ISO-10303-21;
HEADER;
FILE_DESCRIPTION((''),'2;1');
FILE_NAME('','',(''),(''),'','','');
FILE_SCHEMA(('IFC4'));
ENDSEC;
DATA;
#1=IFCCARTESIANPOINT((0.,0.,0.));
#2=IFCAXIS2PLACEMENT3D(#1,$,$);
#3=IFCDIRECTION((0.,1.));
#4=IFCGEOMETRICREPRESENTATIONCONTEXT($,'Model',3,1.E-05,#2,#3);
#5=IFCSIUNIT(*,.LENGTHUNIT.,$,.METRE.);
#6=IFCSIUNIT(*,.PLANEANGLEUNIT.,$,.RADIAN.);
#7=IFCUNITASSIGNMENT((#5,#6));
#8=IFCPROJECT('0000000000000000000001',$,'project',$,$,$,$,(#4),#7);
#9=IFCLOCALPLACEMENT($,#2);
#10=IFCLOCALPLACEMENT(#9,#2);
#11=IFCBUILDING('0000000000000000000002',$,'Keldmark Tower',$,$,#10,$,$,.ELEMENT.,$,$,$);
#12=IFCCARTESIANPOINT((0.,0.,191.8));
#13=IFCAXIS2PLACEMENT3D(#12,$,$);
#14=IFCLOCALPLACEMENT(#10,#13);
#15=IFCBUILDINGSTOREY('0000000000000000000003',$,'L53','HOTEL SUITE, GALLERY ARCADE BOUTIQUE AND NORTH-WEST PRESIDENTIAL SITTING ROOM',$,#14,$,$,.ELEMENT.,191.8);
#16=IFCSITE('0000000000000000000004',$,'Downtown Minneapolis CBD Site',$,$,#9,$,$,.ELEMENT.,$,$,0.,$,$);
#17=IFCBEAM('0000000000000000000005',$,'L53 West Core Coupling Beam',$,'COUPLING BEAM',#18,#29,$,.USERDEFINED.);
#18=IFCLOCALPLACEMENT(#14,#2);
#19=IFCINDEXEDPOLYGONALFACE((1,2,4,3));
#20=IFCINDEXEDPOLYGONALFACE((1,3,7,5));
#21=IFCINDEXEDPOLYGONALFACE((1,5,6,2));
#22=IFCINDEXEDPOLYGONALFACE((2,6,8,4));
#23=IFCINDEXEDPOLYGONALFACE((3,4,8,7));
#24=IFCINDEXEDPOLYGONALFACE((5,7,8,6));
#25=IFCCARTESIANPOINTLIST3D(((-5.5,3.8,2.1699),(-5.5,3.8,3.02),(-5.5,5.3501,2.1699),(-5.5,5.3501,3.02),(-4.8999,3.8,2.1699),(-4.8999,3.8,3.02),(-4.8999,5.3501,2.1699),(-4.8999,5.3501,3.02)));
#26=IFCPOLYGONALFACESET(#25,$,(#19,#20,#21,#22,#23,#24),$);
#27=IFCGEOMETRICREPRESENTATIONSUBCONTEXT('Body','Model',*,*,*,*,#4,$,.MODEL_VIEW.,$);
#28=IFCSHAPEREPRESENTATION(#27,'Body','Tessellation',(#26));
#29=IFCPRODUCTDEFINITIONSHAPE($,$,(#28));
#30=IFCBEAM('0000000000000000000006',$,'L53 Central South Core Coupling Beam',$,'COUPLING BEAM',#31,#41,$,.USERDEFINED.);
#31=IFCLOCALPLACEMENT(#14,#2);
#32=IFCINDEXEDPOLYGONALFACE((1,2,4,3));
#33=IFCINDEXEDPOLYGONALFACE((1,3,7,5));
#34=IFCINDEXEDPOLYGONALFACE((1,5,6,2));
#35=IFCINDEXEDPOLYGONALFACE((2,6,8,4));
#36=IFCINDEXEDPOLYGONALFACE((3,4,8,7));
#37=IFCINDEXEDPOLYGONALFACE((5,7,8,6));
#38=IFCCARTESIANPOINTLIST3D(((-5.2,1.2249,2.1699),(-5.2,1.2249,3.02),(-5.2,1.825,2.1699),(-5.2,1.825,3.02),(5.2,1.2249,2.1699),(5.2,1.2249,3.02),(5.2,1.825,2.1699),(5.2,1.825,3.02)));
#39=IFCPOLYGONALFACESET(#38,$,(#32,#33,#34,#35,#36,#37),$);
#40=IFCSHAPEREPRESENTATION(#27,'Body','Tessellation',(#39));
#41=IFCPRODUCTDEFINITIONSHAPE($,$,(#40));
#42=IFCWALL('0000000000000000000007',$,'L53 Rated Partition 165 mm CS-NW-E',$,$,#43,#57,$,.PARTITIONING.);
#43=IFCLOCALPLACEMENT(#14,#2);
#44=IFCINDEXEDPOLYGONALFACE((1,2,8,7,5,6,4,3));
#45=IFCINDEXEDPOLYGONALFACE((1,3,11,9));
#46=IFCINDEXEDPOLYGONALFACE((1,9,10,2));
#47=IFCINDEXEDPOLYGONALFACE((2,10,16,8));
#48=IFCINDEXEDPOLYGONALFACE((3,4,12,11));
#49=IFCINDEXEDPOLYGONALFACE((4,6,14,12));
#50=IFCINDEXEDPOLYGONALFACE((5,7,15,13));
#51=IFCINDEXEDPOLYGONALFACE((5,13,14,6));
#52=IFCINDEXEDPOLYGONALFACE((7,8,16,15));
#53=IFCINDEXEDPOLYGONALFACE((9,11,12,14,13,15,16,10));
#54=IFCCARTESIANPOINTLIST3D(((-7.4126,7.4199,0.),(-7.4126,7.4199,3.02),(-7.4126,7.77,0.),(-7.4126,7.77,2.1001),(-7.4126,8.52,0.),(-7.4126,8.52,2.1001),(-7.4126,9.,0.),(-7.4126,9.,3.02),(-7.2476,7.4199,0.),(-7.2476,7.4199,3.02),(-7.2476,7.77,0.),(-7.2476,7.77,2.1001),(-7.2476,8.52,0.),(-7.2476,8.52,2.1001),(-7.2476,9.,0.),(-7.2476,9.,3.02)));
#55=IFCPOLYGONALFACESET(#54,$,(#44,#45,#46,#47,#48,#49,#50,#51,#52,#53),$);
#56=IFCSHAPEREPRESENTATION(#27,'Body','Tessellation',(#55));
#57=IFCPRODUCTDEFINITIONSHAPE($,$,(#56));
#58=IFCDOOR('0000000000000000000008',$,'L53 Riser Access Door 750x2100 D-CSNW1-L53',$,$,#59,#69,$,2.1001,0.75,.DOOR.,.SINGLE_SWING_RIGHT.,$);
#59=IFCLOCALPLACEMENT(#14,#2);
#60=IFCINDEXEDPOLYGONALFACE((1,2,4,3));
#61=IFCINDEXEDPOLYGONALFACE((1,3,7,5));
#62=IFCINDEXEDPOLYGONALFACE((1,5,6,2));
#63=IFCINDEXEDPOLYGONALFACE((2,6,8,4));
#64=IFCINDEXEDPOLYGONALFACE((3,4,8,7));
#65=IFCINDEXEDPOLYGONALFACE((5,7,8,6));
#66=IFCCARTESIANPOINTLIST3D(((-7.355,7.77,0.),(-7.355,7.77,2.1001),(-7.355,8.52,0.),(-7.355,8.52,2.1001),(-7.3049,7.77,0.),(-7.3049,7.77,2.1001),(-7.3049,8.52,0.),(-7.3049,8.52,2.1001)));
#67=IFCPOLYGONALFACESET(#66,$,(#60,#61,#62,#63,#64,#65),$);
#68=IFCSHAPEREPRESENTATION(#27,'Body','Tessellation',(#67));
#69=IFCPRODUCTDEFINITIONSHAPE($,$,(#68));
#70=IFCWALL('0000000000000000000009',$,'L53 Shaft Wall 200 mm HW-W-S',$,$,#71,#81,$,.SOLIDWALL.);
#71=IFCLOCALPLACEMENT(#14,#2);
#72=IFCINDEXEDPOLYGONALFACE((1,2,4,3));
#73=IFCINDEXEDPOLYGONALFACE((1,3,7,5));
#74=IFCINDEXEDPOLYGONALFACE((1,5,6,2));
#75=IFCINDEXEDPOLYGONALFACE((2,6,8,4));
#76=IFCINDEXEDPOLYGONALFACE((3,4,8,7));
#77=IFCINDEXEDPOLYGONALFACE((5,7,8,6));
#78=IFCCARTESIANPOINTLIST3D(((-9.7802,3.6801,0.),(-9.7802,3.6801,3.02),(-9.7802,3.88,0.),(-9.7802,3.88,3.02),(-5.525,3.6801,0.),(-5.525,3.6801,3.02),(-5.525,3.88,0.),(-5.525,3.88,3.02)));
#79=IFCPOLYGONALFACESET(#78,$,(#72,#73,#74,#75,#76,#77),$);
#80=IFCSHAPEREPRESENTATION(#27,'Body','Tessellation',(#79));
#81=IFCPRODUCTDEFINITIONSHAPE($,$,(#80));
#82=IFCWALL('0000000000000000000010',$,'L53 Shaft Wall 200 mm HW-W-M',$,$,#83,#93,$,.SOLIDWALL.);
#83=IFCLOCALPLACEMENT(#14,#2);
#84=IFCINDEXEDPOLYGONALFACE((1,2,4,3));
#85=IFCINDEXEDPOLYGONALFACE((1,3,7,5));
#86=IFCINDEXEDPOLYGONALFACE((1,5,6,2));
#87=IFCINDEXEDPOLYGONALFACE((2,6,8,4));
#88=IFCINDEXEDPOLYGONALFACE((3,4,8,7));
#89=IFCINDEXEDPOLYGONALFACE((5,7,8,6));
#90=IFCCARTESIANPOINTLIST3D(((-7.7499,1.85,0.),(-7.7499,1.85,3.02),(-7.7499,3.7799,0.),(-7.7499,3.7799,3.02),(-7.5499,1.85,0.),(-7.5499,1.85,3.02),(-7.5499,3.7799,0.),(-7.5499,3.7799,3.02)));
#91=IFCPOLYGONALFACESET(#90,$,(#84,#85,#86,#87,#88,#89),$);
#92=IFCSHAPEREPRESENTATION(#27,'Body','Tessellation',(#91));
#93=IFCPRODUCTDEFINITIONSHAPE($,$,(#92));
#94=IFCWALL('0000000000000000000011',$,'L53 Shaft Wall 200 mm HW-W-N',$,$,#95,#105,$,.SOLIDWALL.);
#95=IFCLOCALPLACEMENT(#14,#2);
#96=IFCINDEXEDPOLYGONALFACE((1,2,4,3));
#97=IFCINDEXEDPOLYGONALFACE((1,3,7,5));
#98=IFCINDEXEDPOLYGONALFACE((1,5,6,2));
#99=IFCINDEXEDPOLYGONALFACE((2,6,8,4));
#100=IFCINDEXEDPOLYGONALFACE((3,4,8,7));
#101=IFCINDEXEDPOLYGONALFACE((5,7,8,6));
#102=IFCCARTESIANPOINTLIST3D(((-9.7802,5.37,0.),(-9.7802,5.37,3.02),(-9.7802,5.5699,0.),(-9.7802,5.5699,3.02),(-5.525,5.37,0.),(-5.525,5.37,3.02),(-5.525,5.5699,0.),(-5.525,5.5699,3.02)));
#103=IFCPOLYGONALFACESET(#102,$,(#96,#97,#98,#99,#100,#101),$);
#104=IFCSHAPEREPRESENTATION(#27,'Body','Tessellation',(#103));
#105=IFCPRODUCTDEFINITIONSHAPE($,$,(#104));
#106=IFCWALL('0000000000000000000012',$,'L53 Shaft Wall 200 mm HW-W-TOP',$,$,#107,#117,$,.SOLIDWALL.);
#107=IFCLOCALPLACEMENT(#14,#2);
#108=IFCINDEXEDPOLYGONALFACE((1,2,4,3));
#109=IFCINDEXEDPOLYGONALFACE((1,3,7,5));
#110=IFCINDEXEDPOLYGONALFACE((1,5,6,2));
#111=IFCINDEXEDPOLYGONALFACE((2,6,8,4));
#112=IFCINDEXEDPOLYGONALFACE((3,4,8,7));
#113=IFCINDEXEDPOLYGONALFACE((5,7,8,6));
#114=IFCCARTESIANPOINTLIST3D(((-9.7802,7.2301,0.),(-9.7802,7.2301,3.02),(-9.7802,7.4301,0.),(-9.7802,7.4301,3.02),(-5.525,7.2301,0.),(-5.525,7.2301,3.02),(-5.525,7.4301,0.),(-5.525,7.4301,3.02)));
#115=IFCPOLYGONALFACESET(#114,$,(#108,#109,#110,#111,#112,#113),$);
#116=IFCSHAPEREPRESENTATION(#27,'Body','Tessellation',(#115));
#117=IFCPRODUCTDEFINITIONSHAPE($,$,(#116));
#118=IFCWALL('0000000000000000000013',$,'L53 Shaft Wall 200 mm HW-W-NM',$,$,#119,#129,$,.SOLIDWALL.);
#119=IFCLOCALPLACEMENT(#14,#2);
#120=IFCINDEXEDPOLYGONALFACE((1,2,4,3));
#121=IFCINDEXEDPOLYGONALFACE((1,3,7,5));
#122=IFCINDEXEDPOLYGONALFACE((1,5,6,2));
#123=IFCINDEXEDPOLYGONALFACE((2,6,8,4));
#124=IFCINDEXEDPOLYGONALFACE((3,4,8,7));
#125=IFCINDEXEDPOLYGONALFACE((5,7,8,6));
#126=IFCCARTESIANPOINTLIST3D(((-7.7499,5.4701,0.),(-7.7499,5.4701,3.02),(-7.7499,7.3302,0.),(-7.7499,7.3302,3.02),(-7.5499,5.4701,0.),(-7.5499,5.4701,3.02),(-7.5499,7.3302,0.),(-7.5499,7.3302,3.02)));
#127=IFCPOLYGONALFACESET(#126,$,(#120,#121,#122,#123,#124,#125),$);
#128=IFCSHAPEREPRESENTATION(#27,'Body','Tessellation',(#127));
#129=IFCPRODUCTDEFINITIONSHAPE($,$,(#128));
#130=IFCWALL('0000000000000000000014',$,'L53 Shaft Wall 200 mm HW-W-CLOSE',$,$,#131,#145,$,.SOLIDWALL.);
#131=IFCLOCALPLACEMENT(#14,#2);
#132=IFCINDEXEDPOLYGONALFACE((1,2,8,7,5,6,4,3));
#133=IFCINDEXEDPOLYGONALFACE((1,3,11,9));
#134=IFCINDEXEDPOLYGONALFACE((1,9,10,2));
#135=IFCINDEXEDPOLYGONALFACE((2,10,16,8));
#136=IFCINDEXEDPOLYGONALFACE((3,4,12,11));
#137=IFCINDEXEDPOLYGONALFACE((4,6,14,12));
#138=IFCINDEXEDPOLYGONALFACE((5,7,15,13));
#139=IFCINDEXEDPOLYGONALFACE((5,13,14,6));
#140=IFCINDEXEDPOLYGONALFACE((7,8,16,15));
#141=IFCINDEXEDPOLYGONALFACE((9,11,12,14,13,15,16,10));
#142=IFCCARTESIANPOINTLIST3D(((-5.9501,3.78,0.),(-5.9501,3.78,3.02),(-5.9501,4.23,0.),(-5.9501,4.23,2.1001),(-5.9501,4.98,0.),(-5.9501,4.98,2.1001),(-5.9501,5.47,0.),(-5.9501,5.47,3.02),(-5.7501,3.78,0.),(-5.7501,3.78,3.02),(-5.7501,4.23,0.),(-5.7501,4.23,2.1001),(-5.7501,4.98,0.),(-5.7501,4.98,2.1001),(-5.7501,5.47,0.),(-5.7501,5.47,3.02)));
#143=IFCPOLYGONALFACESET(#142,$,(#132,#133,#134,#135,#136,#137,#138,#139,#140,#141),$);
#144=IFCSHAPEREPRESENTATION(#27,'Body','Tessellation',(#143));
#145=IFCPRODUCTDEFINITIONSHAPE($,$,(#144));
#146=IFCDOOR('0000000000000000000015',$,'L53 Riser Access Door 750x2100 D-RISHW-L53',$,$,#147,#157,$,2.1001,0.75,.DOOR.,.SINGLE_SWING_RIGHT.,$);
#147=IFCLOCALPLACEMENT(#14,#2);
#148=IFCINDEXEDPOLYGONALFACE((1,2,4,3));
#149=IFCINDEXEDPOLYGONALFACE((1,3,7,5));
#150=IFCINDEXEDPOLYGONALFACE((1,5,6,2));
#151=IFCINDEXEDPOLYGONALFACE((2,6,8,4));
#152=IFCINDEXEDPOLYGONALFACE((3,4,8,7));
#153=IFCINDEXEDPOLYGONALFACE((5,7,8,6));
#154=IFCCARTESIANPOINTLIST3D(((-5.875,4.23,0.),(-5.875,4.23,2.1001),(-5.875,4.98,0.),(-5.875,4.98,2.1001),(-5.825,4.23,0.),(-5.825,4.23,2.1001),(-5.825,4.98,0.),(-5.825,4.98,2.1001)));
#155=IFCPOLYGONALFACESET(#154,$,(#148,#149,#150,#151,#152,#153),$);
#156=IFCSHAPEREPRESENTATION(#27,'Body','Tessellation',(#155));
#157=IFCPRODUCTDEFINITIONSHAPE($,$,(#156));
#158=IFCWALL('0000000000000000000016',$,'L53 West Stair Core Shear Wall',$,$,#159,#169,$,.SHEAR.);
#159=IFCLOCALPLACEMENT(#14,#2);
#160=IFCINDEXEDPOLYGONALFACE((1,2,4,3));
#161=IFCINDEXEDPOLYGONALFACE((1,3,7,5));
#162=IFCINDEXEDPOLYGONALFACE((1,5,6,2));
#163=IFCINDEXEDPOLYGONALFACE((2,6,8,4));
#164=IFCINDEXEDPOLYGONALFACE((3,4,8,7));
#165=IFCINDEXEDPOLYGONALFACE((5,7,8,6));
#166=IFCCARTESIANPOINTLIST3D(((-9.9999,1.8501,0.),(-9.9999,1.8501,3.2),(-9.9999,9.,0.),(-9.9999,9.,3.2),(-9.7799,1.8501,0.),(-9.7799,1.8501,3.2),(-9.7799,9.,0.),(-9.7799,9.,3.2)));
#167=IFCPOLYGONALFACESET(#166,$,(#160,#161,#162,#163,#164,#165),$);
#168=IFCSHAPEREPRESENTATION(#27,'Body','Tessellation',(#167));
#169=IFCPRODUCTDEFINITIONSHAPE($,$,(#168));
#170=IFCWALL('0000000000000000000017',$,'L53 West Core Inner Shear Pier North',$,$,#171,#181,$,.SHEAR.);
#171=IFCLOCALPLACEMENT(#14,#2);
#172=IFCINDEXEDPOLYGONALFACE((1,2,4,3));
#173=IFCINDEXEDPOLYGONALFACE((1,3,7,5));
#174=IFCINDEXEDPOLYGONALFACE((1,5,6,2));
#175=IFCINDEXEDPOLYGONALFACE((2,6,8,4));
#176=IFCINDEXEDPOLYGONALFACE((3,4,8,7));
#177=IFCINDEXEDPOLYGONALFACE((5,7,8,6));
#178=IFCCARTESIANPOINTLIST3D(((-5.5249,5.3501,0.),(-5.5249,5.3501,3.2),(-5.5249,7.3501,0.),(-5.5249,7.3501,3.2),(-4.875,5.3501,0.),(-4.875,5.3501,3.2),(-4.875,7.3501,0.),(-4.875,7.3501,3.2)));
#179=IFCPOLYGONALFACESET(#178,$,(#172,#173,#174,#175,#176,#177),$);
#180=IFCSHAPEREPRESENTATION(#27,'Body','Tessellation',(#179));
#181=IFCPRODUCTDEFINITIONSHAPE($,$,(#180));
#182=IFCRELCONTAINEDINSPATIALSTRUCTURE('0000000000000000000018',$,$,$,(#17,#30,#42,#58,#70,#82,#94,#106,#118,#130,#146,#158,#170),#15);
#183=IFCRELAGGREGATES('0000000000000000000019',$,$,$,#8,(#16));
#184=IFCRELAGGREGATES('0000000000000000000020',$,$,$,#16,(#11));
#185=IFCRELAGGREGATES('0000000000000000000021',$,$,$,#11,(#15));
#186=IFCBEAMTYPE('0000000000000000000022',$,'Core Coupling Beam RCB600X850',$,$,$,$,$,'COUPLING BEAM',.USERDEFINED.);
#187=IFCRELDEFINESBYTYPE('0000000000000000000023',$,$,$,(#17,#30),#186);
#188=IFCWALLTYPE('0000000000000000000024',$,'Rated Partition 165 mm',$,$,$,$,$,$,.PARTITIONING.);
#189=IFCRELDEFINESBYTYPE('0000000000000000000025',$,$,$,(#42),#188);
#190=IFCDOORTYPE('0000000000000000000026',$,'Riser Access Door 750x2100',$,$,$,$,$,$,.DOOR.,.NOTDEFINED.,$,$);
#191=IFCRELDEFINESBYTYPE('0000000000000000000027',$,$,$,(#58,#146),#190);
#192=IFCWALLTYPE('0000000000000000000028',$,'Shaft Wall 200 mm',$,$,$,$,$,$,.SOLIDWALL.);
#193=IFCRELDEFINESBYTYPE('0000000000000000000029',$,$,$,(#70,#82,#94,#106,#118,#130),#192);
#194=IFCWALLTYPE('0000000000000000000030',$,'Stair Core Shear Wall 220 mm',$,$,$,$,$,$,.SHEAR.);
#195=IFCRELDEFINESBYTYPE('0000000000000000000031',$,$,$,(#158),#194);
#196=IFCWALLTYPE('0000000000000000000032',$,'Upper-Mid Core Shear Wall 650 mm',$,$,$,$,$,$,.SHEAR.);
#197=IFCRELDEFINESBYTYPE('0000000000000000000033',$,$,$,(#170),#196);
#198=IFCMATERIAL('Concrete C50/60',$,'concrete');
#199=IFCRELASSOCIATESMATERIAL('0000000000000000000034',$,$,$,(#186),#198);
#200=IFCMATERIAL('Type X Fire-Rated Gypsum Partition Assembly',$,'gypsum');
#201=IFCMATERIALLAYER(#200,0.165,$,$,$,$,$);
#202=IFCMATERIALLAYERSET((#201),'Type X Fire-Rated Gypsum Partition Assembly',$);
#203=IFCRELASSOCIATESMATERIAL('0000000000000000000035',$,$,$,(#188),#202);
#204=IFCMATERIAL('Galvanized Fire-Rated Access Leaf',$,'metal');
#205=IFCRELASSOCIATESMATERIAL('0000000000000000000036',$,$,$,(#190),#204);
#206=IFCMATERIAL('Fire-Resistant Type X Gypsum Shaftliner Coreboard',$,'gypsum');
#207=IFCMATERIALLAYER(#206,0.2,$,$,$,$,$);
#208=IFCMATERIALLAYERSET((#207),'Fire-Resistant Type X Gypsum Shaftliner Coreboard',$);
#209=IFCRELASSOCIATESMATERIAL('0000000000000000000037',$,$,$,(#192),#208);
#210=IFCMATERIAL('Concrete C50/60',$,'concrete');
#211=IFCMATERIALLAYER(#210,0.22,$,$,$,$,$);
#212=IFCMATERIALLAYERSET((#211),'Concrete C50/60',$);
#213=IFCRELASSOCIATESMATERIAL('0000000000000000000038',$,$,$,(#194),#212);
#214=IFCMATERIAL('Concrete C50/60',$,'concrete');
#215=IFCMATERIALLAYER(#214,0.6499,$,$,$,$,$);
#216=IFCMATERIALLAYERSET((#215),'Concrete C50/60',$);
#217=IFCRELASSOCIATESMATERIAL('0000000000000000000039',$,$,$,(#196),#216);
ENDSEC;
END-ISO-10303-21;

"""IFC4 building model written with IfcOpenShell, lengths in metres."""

from ifc_helpers import new_model, si_unit, direction, frame, frame_2d, origin, origin_2d, place, context, subcontext, project, spatial, rectangle, extrude, material, layer, layer_set, material_profile, profile_set, type_object, element, fill, save


model = new_model("IFC4")

# Units and contexts
model_context = context("Model", 3, precision=1e-05, world=origin(), true_north=direction((0.0, 1.0)))
body_context = subcontext(model_context, "Body", "Model", "MODEL_VIEW")
ifc_project = project(units=[si_unit("LENGTHUNIT", "METRE"), si_unit("PLANEANGLEUNIT", "RADIAN")], contexts=[model_context])

# Site, building, storey
site_placement = place(None, origin())
site = spatial("IfcSite", under=ifc_project, at=site_placement, Name="Downtown Minneapolis CBD Site", CompositionType="ELEMENT", RefElevation=0.0)
building_placement = place(site_placement, origin())
building = spatial("IfcBuilding", under=site, at=building_placement, Name="Keldmark Tower", CompositionType="ELEMENT")
storey_placement = place(building_placement, frame((0.0, 0.0, 191.8)))
storey = spatial("IfcBuildingStorey", under=building, at=storey_placement, Name="L53", Description="HOTEL SUITE, GALLERY ARCADE BOUTIQUE AND NORTH-WEST PRESIDENTIAL SITTING ROOM", CompositionType="ELEMENT", Elevation=191.8)

# Beams
ifc_material_1 = material(Name="Concrete C50/60", Category="concrete")
ifc_material_profile = material_profile(ifc_material_1, rectangle(XDim=0.6001, YDim=0.8501, at=origin_2d()), Name="RCB600X850")
ifc_profile_set = profile_set([ifc_material_profile], Name="Concrete C50/60")
beam_type = type_object("IfcBeamType", Name="Core Coupling Beam RCB600X850", ElementType="COUPLING BEAM", PredefinedType="USERDEFINED", material=ifc_profile_set)
beam_1_placement = place(storey_placement, frame((-5.2, 3.8, 2.595), z_axis=(0.0, 1.0, 0.0), x_axis=(-1.0, 0.0, 0.0)))
element("IfcBeam", 1, at=beam_1_placement, inside=storey, type_object=beam_type, Name="L53 West Core Coupling Beam", ObjectType="COUPLING BEAM", PredefinedType="USERDEFINED", context=body_context, shape_type="SweptSolid", body=[
    extrude(rectangle(XDim=0.6001, YDim=0.8501, at=origin_2d()), origin(), (0.0, 0.0, 1.0), 1.55),
])
beam_2_placement = place(storey_placement, frame((-5.2, 1.5249, 2.595), z_axis=(1.0, 0.0, 0.0), x_axis=(0.0, 1.0, 0.0)))
element("IfcBeam", 2, at=beam_2_placement, inside=storey, type_object=beam_type, Name="L53 Central South Core Coupling Beam", ObjectType="COUPLING BEAM", PredefinedType="USERDEFINED", context=body_context, shape_type="SweptSolid", body=[
    extrude(rectangle(XDim=0.6001, YDim=0.8501, at=origin_2d()), origin(), (0.0, 0.0, 1.0), 10.3999),
])

# Wall, opening, door
ifc_material_2 = material(Name="Type X Fire-Rated Gypsum Partition Assembly", Category="gypsum")
ifc_layer_1 = layer(ifc_material_2, 0.165)
ifc_layer_set_1 = layer_set([ifc_layer_1], Name="Type X Fire-Rated Gypsum Partition Assembly")
wall_type_1 = type_object("IfcWallType", Name="Rated Partition 165 mm", PredefinedType="PARTITIONING", material=ifc_layer_set_1)
wall_1_placement = place(storey_placement, frame((-7.3301, 7.4199, 0.0), z_axis=(0.0, 0.0, 1.0), x_axis=(0.0, 1.0, 0.0)))
wall_1 = element("IfcWall", 3, at=wall_1_placement, inside=storey, type_object=wall_type_1, Name="L53 Rated Partition 165 mm CS-NW-E", PredefinedType="PARTITIONING", context=body_context, shape_type="SweptSolid", body=[
    extrude(rectangle(XDim=1.5801, YDim=0.165, at=frame_2d((0.79, 0.0))), origin(), (0.0, 0.0, 1.0), 3.02),
])
opening_1_placement = place(wall_1_placement, frame((0.3501, 0.0, 0.0)))
opening_1 = element("IfcOpeningElement", 4, at=opening_1_placement, cuts=wall_1, PredefinedType="OPENING", context=body_context, shape_type="SweptSolid", body=[
    extrude(rectangle(XDim=0.75, YDim=2.1001, at=frame_2d((0.375, 1.05))), frame((0.0, 0.0925, 0.0), z_axis=(0.0, -1.0, 0.0), x_axis=(1.0, 0.0, 0.0)), (0.0, 0.0, 1.0), 0.1851),
])
ifc_material_3 = material(Name="Galvanized Fire-Rated Access Leaf", Category="metal")
door_type = type_object("IfcDoorType", Name="Riser Access Door 750x2100", OperationType="NOTDEFINED", PredefinedType="DOOR", material=ifc_material_3)
door_1_placement = place(opening_1_placement, origin())
door_1 = element("IfcDoor", 5, at=door_1_placement, inside=storey, type_object=door_type, Name="L53 Riser Access Door 750x2100 D-CSNW1-L53", OperationType="SINGLE_SWING_RIGHT", OverallHeight=2.1001, OverallWidth=0.75, PredefinedType="DOOR", context=body_context, shape_type="SweptSolid", body=[
    extrude(rectangle(XDim=0.75, YDim=2.1001, at=frame_2d((0.375, 1.05))), frame((0.0, 0.0249, 0.0), z_axis=(0.0, -1.0, 0.0), x_axis=(1.0, 0.0, 0.0)), (0.0, 0.0, 1.0), 0.05),
])
fill(opening_1, door_1)

# Walls
ifc_material_4 = material(Name="Fire-Resistant Type X Gypsum Shaftliner Coreboard", Category="gypsum")
ifc_layer_2 = layer(ifc_material_4, 0.2)
ifc_layer_set_2 = layer_set([ifc_layer_2], Name="Fire-Resistant Type X Gypsum Shaftliner Coreboard")
wall_type_2 = type_object("IfcWallType", Name="Shaft Wall 200 mm", PredefinedType="SOLIDWALL", material=ifc_layer_set_2)
wall_2_placement = place(storey_placement, frame((-9.78, 3.78, 0.0), z_axis=(0.0, 0.0, 1.0), x_axis=(1.0, 0.0, 0.0)))
element("IfcWall", 6, at=wall_2_placement, inside=storey, type_object=wall_type_2, Name="L53 Shaft Wall 200 mm HW-W-S", PredefinedType="SOLIDWALL", context=body_context, shape_type="SweptSolid", body=[
    extrude(rectangle(XDim=4.2551, YDim=0.2, at=frame_2d((2.1274, 0.0))), origin(), (0.0, 0.0, 1.0), 3.02),
])
wall_3_placement = place(storey_placement, frame((-7.6499, 1.8501, 0.0), z_axis=(0.0, 0.0, 1.0), x_axis=(0.0, 1.0, 0.0)))
element("IfcWall", 7, at=wall_3_placement, inside=storey, type_object=wall_type_2, Name="L53 Shaft Wall 200 mm HW-W-M", PredefinedType="SOLIDWALL", context=body_context, shape_type="SweptSolid", body=[
    extrude(rectangle(XDim=1.9299, YDim=0.2, at=frame_2d((0.9648, 0.0))), origin(), (0.0, 0.0, 1.0), 3.02),
])
for number, where, z_axis, x_axis, name in (
    (8, (-9.78, 5.47, 0.0), (0.0, 0.0, 1.0), (1.0, 0.0, 0.0), "L53 Shaft Wall 200 mm HW-W-N"),
    (9, (-9.78, 7.3301, 0.0), (0.0, 0.0, 1.0), (1.0, 0.0, 0.0), "L53 Shaft Wall 200 mm HW-W-TOP"),
):
    element("IfcWall", number, at=place(storey_placement, frame(where, z_axis=z_axis, x_axis=x_axis)), inside=storey, type_object=wall_type_2, Name=name, PredefinedType="SOLIDWALL", context=body_context, shape_type="SweptSolid", body=[
        extrude(rectangle(XDim=4.2551, YDim=0.2, at=frame_2d((2.1274, 0.0))), origin(), (0.0, 0.0, 1.0), 3.02),
    ])
wall_4_placement = place(storey_placement, frame((-7.6499, 5.47, 0.0), z_axis=(0.0, 0.0, 1.0), x_axis=(0.0, 1.0, 0.0)))
element("IfcWall", 10, at=wall_4_placement, inside=storey, type_object=wall_type_2, Name="L53 Shaft Wall 200 mm HW-W-NM", PredefinedType="SOLIDWALL", context=body_context, shape_type="SweptSolid", body=[
    extrude(rectangle(XDim=1.8601, YDim=0.2, at=frame_2d((0.9302, 0.0))), origin(), (0.0, 0.0, 1.0), 3.02),
])

# Wall, opening, door
wall_5_placement = place(storey_placement, frame((-5.8501, 3.78, 0.0), z_axis=(0.0, 0.0, 1.0), x_axis=(0.0, 1.0, 0.0)))
wall_5 = element("IfcWall", 11, at=wall_5_placement, inside=storey, type_object=wall_type_2, Name="L53 Shaft Wall 200 mm HW-W-CLOSE", PredefinedType="SOLIDWALL", context=body_context, shape_type="SweptSolid", body=[
    extrude(rectangle(XDim=1.6899, YDim=0.2, at=frame_2d((0.845, 0.0))), origin(), (0.0, 0.0, 1.0), 3.02),
])
opening_2_placement = place(wall_5_placement, frame((0.45, 0.0, 0.0)))
opening_2 = element("IfcOpeningElement", 12, at=opening_2_placement, cuts=wall_5, PredefinedType="OPENING", context=body_context, shape_type="SweptSolid", body=[
    extrude(rectangle(XDim=0.75, YDim=2.1001, at=frame_2d((0.375, 1.05))), frame((0.0, 0.1099, 0.0), z_axis=(0.0, -1.0, 0.0), x_axis=(1.0, 0.0, 0.0)), (0.0, 0.0, 1.0), 0.22),
])
door_2_placement = place(opening_2_placement, origin())
door_2 = element("IfcDoor", 13, at=door_2_placement, inside=storey, type_object=door_type, Name="L53 Riser Access Door 750x2100 D-RISHW-L53", OperationType="SINGLE_SWING_RIGHT", OverallHeight=2.1001, OverallWidth=0.75, PredefinedType="DOOR", context=body_context, shape_type="SweptSolid", body=[
    extrude(rectangle(XDim=0.75, YDim=2.1001, at=frame_2d((0.375, 1.05))), frame((0.0, 0.0249, 0.0), z_axis=(0.0, -1.0, 0.0), x_axis=(1.0, 0.0, 0.0)), (0.0, 0.0, 1.0), 0.05),
])
fill(opening_2, door_2)

# Walls
ifc_material_5 = material(Name="Concrete C50/60", Category="concrete")
ifc_layer_3 = layer(ifc_material_5, 0.22)
ifc_layer_set_3 = layer_set([ifc_layer_3], Name="Concrete C50/60")
wall_type_3 = type_object("IfcWallType", Name="Stair Core Shear Wall 220 mm", PredefinedType="SHEAR", material=ifc_layer_set_3)
wall_6_placement = place(storey_placement, frame((-9.8899, 1.8501, 0.0), z_axis=(0.0, 0.0, 1.0), x_axis=(0.0, 1.0, 0.0)))
element("IfcWall", 14, at=wall_6_placement, inside=storey, type_object=wall_type_3, Name="L53 West Stair Core Shear Wall", PredefinedType="SHEAR", context=body_context, shape_type="SweptSolid", body=[
    extrude(rectangle(XDim=7.1499, YDim=0.22, at=frame_2d((3.575, 0.0))), origin(), (0.0, 0.0, 1.0), 3.2),
])
ifc_material_6 = material(Name="Concrete C50/60", Category="concrete")
ifc_layer_4 = layer(ifc_material_6, 0.6499)
ifc_layer_set_4 = layer_set([ifc_layer_4], Name="Concrete C50/60")
wall_type_4 = type_object("IfcWallType", Name="Upper-Mid Core Shear Wall 650 mm", PredefinedType="SHEAR", material=ifc_layer_set_4)
wall_7_placement = place(storey_placement, frame((-5.2, 5.3501, 0.0), z_axis=(0.0, 0.0, 1.0), x_axis=(0.0, 1.0, 0.0)))
element("IfcWall", 15, at=wall_7_placement, inside=storey, type_object=wall_type_4, Name="L53 West Core Inner Shear Pier North", PredefinedType="SHEAR", context=body_context, shape_type="SweptSolid", body=[
    extrude(rectangle(XDim=2.0, YDim=0.6499, at=frame_2d((1.0, 0.0))), origin(), (0.0, 0.0, 1.0), 3.2),
])

save(model, "model.ifc")
